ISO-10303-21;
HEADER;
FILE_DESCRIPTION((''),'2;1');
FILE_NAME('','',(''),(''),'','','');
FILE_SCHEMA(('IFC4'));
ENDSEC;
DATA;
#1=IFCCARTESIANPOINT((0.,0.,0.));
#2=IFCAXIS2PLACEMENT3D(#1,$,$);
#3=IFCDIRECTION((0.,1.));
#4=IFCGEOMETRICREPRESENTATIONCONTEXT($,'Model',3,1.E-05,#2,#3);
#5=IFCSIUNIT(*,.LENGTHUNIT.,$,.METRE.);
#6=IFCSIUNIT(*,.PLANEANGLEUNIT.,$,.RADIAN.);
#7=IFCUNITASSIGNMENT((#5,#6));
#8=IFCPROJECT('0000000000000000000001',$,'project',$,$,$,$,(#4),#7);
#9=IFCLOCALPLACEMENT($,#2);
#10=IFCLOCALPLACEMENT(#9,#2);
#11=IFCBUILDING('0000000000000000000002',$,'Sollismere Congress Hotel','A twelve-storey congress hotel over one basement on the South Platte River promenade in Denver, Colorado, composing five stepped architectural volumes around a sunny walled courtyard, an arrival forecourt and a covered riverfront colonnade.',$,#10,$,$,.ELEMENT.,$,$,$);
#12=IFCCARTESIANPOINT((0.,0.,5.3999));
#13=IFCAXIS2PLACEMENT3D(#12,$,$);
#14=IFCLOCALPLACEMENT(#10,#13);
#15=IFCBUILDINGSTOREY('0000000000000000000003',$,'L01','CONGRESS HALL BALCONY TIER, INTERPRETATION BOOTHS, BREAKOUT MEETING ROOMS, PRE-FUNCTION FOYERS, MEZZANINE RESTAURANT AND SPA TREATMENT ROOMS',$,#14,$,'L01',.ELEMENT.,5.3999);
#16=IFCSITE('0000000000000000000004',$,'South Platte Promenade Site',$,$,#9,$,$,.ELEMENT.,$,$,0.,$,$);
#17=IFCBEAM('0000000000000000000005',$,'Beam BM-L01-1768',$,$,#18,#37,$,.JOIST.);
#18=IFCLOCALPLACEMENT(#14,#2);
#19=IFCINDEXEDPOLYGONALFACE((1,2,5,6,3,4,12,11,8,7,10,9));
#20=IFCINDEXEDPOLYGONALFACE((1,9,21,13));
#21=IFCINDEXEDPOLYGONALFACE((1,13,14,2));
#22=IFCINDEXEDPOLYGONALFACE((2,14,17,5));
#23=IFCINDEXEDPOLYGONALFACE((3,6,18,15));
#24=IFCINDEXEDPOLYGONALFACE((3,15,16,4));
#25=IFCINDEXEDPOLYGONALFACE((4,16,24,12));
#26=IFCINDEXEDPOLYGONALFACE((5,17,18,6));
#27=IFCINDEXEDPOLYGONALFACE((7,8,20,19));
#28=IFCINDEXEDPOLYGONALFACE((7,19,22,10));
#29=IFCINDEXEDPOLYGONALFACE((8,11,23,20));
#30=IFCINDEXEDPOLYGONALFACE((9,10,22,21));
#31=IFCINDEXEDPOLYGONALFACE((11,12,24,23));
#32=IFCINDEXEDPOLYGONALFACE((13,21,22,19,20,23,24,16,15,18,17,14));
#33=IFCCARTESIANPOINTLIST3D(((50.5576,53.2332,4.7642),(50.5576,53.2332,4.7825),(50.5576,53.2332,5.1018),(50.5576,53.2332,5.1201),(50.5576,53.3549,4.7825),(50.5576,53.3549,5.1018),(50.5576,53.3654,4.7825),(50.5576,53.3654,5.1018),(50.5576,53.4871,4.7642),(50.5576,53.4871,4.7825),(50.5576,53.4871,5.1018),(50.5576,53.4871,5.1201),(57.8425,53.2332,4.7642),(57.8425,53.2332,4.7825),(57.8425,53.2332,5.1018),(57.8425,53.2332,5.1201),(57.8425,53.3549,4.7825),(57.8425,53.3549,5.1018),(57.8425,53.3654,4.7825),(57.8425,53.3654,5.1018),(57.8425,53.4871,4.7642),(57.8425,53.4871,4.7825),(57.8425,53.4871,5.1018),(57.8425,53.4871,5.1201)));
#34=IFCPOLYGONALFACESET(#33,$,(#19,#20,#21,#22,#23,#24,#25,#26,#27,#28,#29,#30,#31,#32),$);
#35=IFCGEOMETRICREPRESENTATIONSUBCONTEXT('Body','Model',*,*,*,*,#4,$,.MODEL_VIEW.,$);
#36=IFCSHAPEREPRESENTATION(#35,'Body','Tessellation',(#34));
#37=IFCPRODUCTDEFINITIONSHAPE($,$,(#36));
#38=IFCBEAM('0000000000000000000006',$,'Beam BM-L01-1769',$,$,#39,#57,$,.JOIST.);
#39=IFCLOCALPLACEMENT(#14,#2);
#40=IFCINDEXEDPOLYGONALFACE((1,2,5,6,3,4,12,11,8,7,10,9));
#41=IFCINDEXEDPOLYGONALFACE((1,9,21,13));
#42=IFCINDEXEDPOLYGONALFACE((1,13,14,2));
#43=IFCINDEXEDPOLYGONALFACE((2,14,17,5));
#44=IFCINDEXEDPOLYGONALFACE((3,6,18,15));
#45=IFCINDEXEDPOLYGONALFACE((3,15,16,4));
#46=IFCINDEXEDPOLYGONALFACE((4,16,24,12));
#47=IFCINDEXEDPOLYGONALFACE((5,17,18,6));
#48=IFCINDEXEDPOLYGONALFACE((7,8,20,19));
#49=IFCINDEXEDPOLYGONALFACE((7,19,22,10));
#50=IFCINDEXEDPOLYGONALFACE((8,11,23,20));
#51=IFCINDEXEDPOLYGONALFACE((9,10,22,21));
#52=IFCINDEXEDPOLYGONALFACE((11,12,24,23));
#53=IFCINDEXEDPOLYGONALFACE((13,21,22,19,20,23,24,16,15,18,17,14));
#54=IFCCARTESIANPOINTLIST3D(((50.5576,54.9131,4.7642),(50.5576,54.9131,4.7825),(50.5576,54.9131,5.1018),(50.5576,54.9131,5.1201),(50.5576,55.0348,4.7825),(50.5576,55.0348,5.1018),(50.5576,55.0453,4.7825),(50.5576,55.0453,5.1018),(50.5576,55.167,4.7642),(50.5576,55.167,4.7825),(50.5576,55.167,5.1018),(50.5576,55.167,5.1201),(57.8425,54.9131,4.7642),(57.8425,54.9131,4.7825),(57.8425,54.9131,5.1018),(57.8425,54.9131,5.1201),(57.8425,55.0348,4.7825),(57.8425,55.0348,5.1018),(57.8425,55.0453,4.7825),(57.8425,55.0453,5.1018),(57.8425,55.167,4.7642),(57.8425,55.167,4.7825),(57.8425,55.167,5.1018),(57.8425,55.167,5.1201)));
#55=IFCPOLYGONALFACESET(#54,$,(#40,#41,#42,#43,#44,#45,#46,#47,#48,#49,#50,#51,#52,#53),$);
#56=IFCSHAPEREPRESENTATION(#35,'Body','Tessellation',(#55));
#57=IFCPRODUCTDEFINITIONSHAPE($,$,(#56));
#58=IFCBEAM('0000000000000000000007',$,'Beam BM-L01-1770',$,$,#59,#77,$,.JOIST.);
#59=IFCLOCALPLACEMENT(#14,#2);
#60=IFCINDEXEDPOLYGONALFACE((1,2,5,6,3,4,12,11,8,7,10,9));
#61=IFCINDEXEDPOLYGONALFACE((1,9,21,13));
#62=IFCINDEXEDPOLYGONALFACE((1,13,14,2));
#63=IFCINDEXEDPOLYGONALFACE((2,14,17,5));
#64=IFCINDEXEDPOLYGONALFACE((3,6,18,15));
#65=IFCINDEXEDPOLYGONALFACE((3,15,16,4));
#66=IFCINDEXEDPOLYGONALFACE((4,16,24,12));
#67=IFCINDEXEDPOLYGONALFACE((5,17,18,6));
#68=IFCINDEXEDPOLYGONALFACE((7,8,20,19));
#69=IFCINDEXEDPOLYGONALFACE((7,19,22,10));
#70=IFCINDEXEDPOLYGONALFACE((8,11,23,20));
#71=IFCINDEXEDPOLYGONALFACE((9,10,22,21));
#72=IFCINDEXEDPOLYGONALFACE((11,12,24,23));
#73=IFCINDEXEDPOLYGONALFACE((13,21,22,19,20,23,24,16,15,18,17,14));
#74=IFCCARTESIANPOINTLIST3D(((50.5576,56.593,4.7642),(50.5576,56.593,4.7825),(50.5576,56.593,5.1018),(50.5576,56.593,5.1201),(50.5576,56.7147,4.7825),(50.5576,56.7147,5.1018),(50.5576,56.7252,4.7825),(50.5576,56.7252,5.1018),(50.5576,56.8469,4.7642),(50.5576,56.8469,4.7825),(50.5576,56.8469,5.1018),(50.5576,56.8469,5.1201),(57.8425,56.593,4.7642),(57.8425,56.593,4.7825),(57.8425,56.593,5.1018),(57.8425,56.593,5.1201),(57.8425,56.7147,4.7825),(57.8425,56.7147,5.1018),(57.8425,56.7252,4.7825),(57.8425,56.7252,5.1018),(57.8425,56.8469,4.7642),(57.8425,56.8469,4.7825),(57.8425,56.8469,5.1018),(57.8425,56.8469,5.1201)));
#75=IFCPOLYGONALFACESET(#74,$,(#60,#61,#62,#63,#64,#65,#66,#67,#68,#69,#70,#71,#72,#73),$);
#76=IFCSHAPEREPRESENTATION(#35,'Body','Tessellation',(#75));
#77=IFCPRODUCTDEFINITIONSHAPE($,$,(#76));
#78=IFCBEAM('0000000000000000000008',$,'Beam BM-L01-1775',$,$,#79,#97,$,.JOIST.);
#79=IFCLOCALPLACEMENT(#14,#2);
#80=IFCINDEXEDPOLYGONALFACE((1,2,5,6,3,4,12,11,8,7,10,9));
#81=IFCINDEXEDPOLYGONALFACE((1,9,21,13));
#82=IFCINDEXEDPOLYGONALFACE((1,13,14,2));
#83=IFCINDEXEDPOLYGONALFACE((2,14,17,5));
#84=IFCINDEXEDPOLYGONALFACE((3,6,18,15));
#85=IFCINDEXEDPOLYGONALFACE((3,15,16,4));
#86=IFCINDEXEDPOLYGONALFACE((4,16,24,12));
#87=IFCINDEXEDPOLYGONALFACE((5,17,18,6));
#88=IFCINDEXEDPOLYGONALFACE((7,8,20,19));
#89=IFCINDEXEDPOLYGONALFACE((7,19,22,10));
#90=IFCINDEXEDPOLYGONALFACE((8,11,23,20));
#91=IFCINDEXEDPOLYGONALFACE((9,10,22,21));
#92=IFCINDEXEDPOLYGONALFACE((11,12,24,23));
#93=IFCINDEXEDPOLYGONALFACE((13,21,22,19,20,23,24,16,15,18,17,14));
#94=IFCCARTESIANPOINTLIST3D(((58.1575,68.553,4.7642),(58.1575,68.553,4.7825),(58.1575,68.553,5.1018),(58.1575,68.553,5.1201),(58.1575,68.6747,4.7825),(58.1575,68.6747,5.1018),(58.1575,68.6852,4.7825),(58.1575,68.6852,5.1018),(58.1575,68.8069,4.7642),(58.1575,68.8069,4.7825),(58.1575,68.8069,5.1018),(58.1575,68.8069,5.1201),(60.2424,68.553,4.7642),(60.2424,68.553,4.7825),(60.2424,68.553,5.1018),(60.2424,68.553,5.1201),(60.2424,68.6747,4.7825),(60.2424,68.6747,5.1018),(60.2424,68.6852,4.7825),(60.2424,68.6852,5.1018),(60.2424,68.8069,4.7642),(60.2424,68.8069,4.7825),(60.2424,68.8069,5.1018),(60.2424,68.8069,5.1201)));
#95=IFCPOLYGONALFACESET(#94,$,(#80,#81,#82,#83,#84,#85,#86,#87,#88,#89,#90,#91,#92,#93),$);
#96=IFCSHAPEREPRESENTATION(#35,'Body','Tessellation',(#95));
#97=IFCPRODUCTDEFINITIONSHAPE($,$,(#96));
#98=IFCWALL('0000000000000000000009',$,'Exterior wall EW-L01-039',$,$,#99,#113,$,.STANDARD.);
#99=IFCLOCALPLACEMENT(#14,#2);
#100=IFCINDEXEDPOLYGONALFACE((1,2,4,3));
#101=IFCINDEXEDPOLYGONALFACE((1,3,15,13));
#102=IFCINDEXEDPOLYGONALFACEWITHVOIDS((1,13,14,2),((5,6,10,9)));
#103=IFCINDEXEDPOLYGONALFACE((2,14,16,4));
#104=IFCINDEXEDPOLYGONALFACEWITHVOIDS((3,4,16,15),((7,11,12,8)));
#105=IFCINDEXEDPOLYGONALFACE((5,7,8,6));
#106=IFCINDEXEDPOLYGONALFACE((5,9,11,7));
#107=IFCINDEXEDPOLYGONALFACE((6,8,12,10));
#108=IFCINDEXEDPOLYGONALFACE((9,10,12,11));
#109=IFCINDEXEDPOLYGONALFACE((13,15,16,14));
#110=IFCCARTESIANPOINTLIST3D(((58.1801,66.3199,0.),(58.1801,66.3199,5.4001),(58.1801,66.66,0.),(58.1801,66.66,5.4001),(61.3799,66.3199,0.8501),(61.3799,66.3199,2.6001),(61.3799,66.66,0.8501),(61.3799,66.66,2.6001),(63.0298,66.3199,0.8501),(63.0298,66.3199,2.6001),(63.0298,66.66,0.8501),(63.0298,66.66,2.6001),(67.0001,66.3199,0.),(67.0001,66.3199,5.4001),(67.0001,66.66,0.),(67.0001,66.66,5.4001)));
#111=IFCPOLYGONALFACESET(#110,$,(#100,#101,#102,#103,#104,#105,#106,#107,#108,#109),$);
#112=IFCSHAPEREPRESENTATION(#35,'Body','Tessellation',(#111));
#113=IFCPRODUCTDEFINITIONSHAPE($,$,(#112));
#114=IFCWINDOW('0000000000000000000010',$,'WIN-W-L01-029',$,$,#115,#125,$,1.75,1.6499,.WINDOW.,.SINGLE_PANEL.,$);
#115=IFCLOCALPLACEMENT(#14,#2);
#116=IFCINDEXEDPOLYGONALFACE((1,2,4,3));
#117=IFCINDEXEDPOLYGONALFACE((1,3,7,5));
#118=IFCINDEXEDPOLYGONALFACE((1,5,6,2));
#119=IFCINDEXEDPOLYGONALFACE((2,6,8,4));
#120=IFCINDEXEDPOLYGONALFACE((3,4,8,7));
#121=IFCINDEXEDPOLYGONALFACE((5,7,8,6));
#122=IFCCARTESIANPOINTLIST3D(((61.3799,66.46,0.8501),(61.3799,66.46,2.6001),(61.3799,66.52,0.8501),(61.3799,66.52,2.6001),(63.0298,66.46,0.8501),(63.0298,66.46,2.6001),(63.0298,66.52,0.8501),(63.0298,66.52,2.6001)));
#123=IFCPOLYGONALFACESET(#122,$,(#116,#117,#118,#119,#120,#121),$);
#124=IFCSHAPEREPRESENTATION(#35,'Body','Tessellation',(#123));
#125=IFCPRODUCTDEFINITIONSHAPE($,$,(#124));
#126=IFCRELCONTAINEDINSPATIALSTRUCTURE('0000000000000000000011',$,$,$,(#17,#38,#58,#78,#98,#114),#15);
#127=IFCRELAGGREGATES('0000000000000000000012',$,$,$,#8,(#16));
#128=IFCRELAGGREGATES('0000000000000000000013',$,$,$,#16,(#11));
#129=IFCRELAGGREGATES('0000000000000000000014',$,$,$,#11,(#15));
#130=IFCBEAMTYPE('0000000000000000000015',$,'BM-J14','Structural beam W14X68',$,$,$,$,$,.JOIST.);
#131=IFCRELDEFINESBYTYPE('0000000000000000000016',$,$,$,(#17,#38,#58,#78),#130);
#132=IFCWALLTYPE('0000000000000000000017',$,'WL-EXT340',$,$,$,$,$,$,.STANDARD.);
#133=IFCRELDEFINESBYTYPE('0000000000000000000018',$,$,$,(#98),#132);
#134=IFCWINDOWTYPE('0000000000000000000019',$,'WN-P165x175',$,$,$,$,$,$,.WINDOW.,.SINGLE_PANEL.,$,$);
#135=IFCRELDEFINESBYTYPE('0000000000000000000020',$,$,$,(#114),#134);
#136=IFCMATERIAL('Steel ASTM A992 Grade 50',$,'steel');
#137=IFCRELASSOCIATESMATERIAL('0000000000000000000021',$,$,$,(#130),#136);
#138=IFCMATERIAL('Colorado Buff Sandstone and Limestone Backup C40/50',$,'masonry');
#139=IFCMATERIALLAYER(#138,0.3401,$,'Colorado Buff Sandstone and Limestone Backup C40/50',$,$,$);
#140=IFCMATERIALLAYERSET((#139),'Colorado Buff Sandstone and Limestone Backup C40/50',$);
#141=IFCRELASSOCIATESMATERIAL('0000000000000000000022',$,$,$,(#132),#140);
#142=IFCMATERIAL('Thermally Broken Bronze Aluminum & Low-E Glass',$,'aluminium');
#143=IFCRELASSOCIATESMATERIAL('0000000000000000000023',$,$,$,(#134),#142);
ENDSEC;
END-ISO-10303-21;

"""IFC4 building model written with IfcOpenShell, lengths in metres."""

from ifc_helpers import new_model, si_unit, direction, frame, frame_2d, origin, origin_2d, place, context, subcontext, project, spatial, rectangle, i_section, extrude, material, layer, layer_set, material_profile, profile_set, type_object, element, fill, save


model = new_model("IFC4")

# Units and contexts
model_context = context("Model", 3, precision=1e-05, world=origin(), true_north=direction((0.0, 1.0)))
body_context = subcontext(model_context, "Body", "Model", "MODEL_VIEW")
ifc_project = project(units=[si_unit("LENGTHUNIT", "METRE"), si_unit("PLANEANGLEUNIT", "RADIAN")], contexts=[model_context])

# Site, building, storey
site_placement = place(None, origin())
site = spatial("IfcSite", under=ifc_project, at=site_placement, Name="South Platte Promenade Site", CompositionType="ELEMENT", RefElevation=0.0)
building_placement = place(site_placement, origin())
building = spatial("IfcBuilding", under=site, at=building_placement, Name="Sollismere Congress Hotel", Description="A twelve-storey congress hotel over one basement on the South Platte River promenade in Denver, Colorado, composing five stepped architectural volumes around a sunny walled courtyard, an arrival forecourt and a covered riverfront colonnade.", CompositionType="ELEMENT")
storey_placement = place(building_placement, frame((0.0, 0.0, 5.3999)))
storey = spatial("IfcBuildingStorey", under=building, at=storey_placement, Name="L01", Description="CONGRESS HALL BALCONY TIER, INTERPRETATION BOOTHS, BREAKOUT MEETING ROOMS, PRE-FUNCTION FOYERS, MEZZANINE RESTAURANT AND SPA TREATMENT ROOMS", LongName="L01", CompositionType="ELEMENT", Elevation=5.3999)

# Shared definitions
ifc_material_1 = material(Name="Steel ASTM A992 Grade 50", Category="steel")

# Beams
ifc_material_profile_1 = material_profile(ifc_material_1, i_section(OverallWidth=0.2539, OverallDepth=0.356, WebThickness=0.0105, FlangeThickness=0.0183, at=origin_2d()), Name="W14X68")
ifc_profile_set_1 = profile_set([ifc_material_profile_1], Name="Steel ASTM A992 Grade 50")
beam_type_1 = type_object("IfcBeamType", Name="BM-J14", Description="Structural beam W14X68", PredefinedType="JOIST", material=ifc_profile_set_1)
for number, where, z_axis, x_axis, name in (
    (1, (50.5576, 53.3601, 4.9421), (1.0, 0.0, 0.0), (0.0, 1.0, 0.0), "Beam BM-L01-1768"),
    (2, (50.5576, 55.04, 4.9421), (1.0, 0.0, 0.0), (0.0, 1.0, 0.0), "Beam BM-L01-1769"),
    (3, (50.5576, 56.72, 4.9421), (1.0, 0.0, 0.0), (0.0, 1.0, 0.0), "Beam BM-L01-1770"),
):
    element("IfcBeam", number, at=place(storey_placement, frame(where, z_axis=z_axis, x_axis=x_axis)), inside=storey, type_object=beam_type_1, Name=name, PredefinedType="JOIST", context=body_context, shape_type="SweptSolid", body=[
        extrude(i_section(OverallWidth=0.2539, OverallDepth=0.356, WebThickness=0.0105, FlangeThickness=0.0183, at=origin_2d()), origin(), (0.0, 0.0, 1.0), 7.2849),
    ])
beam_1_placement = place(storey_placement, frame((58.1575, 68.6799, 4.9421), z_axis=(1.0, 0.0, 0.0), x_axis=(0.0, 1.0, 0.0)))
element("IfcBeam", 4, at=beam_1_placement, inside=storey, type_object=beam_type_1, Name="Beam BM-L01-1775", PredefinedType="JOIST", context=body_context, shape_type="SweptSolid", body=[
    extrude(i_section(OverallWidth=0.2539, OverallDepth=0.356, WebThickness=0.0105, FlangeThickness=0.0183, at=origin_2d()), origin(), (0.0, 0.0, 1.0), 2.085),
])

# Wall, opening, window
ifc_material_2 = material(Name="Colorado Buff Sandstone and Limestone Backup C40/50", Category="masonry")
ifc_layer = layer(ifc_material_2, 0.3401, Name="Colorado Buff Sandstone and Limestone Backup C40/50")
ifc_layer_set = layer_set([ifc_layer], Name="Colorado Buff Sandstone and Limestone Backup C40/50")
wall_type = type_object("IfcWallType", Name="WL-EXT340", PredefinedType="STANDARD", material=ifc_layer_set)
wall_placement = place(storey_placement, frame((58.1799, 66.49, 0.0), z_axis=(0.0, 0.0, 1.0), x_axis=(1.0, 0.0, 0.0)))
wall = element("IfcWall", 5, at=wall_placement, inside=storey, type_object=wall_type, Name="Exterior wall EW-L01-039", PredefinedType="STANDARD", context=body_context, shape_type="SweptSolid", body=[
    extrude(rectangle(XDim=8.8201, YDim=0.3401, at=frame_2d((4.4102, 0.0))), origin(), (0.0, 0.0, 1.0), 5.4001),
])
opening_placement = place(wall_placement, frame((3.2, 0.0, 0.8501)))
opening = element("IfcOpeningElement", 6, at=opening_placement, cuts=wall, PredefinedType="OPENING", context=body_context, shape_type="SweptSolid", body=[
    extrude(rectangle(XDim=1.6499, YDim=1.75, at=frame_2d((0.825, 0.875))), frame((0.0, 0.1799, 0.0), z_axis=(0.0, -1.0, 0.0), x_axis=(1.0, 0.0, 0.0)), (0.0, 0.0, 1.0), 0.3601),
])
ifc_material_3 = material(Name="Thermally Broken Bronze Aluminum & Low-E Glass", Category="aluminium")
window_type = type_object("IfcWindowType", Name="WN-P165x175", PartitioningType="SINGLE_PANEL", PredefinedType="WINDOW", material=ifc_material_3)
window_placement = place(opening_placement, origin())
window = element("IfcWindow", 7, at=window_placement, inside=storey, type_object=window_type, Name="WIN-W-L01-029", OverallHeight=1.75, OverallWidth=1.6499, PartitioningType="SINGLE_PANEL", PredefinedType="WINDOW", context=body_context, shape_type="SweptSolid", body=[
    extrude(rectangle(XDim=1.6499, YDim=1.75, at=frame_2d((0.825, 0.875))), frame((0.0, 0.03, 0.0), z_axis=(0.0, -1.0, 0.0), x_axis=(1.0, 0.0, 0.0)), (0.0, 0.0, 1.0), 0.0601),
])
fill(opening, window)

save(model, "model.ifc")
